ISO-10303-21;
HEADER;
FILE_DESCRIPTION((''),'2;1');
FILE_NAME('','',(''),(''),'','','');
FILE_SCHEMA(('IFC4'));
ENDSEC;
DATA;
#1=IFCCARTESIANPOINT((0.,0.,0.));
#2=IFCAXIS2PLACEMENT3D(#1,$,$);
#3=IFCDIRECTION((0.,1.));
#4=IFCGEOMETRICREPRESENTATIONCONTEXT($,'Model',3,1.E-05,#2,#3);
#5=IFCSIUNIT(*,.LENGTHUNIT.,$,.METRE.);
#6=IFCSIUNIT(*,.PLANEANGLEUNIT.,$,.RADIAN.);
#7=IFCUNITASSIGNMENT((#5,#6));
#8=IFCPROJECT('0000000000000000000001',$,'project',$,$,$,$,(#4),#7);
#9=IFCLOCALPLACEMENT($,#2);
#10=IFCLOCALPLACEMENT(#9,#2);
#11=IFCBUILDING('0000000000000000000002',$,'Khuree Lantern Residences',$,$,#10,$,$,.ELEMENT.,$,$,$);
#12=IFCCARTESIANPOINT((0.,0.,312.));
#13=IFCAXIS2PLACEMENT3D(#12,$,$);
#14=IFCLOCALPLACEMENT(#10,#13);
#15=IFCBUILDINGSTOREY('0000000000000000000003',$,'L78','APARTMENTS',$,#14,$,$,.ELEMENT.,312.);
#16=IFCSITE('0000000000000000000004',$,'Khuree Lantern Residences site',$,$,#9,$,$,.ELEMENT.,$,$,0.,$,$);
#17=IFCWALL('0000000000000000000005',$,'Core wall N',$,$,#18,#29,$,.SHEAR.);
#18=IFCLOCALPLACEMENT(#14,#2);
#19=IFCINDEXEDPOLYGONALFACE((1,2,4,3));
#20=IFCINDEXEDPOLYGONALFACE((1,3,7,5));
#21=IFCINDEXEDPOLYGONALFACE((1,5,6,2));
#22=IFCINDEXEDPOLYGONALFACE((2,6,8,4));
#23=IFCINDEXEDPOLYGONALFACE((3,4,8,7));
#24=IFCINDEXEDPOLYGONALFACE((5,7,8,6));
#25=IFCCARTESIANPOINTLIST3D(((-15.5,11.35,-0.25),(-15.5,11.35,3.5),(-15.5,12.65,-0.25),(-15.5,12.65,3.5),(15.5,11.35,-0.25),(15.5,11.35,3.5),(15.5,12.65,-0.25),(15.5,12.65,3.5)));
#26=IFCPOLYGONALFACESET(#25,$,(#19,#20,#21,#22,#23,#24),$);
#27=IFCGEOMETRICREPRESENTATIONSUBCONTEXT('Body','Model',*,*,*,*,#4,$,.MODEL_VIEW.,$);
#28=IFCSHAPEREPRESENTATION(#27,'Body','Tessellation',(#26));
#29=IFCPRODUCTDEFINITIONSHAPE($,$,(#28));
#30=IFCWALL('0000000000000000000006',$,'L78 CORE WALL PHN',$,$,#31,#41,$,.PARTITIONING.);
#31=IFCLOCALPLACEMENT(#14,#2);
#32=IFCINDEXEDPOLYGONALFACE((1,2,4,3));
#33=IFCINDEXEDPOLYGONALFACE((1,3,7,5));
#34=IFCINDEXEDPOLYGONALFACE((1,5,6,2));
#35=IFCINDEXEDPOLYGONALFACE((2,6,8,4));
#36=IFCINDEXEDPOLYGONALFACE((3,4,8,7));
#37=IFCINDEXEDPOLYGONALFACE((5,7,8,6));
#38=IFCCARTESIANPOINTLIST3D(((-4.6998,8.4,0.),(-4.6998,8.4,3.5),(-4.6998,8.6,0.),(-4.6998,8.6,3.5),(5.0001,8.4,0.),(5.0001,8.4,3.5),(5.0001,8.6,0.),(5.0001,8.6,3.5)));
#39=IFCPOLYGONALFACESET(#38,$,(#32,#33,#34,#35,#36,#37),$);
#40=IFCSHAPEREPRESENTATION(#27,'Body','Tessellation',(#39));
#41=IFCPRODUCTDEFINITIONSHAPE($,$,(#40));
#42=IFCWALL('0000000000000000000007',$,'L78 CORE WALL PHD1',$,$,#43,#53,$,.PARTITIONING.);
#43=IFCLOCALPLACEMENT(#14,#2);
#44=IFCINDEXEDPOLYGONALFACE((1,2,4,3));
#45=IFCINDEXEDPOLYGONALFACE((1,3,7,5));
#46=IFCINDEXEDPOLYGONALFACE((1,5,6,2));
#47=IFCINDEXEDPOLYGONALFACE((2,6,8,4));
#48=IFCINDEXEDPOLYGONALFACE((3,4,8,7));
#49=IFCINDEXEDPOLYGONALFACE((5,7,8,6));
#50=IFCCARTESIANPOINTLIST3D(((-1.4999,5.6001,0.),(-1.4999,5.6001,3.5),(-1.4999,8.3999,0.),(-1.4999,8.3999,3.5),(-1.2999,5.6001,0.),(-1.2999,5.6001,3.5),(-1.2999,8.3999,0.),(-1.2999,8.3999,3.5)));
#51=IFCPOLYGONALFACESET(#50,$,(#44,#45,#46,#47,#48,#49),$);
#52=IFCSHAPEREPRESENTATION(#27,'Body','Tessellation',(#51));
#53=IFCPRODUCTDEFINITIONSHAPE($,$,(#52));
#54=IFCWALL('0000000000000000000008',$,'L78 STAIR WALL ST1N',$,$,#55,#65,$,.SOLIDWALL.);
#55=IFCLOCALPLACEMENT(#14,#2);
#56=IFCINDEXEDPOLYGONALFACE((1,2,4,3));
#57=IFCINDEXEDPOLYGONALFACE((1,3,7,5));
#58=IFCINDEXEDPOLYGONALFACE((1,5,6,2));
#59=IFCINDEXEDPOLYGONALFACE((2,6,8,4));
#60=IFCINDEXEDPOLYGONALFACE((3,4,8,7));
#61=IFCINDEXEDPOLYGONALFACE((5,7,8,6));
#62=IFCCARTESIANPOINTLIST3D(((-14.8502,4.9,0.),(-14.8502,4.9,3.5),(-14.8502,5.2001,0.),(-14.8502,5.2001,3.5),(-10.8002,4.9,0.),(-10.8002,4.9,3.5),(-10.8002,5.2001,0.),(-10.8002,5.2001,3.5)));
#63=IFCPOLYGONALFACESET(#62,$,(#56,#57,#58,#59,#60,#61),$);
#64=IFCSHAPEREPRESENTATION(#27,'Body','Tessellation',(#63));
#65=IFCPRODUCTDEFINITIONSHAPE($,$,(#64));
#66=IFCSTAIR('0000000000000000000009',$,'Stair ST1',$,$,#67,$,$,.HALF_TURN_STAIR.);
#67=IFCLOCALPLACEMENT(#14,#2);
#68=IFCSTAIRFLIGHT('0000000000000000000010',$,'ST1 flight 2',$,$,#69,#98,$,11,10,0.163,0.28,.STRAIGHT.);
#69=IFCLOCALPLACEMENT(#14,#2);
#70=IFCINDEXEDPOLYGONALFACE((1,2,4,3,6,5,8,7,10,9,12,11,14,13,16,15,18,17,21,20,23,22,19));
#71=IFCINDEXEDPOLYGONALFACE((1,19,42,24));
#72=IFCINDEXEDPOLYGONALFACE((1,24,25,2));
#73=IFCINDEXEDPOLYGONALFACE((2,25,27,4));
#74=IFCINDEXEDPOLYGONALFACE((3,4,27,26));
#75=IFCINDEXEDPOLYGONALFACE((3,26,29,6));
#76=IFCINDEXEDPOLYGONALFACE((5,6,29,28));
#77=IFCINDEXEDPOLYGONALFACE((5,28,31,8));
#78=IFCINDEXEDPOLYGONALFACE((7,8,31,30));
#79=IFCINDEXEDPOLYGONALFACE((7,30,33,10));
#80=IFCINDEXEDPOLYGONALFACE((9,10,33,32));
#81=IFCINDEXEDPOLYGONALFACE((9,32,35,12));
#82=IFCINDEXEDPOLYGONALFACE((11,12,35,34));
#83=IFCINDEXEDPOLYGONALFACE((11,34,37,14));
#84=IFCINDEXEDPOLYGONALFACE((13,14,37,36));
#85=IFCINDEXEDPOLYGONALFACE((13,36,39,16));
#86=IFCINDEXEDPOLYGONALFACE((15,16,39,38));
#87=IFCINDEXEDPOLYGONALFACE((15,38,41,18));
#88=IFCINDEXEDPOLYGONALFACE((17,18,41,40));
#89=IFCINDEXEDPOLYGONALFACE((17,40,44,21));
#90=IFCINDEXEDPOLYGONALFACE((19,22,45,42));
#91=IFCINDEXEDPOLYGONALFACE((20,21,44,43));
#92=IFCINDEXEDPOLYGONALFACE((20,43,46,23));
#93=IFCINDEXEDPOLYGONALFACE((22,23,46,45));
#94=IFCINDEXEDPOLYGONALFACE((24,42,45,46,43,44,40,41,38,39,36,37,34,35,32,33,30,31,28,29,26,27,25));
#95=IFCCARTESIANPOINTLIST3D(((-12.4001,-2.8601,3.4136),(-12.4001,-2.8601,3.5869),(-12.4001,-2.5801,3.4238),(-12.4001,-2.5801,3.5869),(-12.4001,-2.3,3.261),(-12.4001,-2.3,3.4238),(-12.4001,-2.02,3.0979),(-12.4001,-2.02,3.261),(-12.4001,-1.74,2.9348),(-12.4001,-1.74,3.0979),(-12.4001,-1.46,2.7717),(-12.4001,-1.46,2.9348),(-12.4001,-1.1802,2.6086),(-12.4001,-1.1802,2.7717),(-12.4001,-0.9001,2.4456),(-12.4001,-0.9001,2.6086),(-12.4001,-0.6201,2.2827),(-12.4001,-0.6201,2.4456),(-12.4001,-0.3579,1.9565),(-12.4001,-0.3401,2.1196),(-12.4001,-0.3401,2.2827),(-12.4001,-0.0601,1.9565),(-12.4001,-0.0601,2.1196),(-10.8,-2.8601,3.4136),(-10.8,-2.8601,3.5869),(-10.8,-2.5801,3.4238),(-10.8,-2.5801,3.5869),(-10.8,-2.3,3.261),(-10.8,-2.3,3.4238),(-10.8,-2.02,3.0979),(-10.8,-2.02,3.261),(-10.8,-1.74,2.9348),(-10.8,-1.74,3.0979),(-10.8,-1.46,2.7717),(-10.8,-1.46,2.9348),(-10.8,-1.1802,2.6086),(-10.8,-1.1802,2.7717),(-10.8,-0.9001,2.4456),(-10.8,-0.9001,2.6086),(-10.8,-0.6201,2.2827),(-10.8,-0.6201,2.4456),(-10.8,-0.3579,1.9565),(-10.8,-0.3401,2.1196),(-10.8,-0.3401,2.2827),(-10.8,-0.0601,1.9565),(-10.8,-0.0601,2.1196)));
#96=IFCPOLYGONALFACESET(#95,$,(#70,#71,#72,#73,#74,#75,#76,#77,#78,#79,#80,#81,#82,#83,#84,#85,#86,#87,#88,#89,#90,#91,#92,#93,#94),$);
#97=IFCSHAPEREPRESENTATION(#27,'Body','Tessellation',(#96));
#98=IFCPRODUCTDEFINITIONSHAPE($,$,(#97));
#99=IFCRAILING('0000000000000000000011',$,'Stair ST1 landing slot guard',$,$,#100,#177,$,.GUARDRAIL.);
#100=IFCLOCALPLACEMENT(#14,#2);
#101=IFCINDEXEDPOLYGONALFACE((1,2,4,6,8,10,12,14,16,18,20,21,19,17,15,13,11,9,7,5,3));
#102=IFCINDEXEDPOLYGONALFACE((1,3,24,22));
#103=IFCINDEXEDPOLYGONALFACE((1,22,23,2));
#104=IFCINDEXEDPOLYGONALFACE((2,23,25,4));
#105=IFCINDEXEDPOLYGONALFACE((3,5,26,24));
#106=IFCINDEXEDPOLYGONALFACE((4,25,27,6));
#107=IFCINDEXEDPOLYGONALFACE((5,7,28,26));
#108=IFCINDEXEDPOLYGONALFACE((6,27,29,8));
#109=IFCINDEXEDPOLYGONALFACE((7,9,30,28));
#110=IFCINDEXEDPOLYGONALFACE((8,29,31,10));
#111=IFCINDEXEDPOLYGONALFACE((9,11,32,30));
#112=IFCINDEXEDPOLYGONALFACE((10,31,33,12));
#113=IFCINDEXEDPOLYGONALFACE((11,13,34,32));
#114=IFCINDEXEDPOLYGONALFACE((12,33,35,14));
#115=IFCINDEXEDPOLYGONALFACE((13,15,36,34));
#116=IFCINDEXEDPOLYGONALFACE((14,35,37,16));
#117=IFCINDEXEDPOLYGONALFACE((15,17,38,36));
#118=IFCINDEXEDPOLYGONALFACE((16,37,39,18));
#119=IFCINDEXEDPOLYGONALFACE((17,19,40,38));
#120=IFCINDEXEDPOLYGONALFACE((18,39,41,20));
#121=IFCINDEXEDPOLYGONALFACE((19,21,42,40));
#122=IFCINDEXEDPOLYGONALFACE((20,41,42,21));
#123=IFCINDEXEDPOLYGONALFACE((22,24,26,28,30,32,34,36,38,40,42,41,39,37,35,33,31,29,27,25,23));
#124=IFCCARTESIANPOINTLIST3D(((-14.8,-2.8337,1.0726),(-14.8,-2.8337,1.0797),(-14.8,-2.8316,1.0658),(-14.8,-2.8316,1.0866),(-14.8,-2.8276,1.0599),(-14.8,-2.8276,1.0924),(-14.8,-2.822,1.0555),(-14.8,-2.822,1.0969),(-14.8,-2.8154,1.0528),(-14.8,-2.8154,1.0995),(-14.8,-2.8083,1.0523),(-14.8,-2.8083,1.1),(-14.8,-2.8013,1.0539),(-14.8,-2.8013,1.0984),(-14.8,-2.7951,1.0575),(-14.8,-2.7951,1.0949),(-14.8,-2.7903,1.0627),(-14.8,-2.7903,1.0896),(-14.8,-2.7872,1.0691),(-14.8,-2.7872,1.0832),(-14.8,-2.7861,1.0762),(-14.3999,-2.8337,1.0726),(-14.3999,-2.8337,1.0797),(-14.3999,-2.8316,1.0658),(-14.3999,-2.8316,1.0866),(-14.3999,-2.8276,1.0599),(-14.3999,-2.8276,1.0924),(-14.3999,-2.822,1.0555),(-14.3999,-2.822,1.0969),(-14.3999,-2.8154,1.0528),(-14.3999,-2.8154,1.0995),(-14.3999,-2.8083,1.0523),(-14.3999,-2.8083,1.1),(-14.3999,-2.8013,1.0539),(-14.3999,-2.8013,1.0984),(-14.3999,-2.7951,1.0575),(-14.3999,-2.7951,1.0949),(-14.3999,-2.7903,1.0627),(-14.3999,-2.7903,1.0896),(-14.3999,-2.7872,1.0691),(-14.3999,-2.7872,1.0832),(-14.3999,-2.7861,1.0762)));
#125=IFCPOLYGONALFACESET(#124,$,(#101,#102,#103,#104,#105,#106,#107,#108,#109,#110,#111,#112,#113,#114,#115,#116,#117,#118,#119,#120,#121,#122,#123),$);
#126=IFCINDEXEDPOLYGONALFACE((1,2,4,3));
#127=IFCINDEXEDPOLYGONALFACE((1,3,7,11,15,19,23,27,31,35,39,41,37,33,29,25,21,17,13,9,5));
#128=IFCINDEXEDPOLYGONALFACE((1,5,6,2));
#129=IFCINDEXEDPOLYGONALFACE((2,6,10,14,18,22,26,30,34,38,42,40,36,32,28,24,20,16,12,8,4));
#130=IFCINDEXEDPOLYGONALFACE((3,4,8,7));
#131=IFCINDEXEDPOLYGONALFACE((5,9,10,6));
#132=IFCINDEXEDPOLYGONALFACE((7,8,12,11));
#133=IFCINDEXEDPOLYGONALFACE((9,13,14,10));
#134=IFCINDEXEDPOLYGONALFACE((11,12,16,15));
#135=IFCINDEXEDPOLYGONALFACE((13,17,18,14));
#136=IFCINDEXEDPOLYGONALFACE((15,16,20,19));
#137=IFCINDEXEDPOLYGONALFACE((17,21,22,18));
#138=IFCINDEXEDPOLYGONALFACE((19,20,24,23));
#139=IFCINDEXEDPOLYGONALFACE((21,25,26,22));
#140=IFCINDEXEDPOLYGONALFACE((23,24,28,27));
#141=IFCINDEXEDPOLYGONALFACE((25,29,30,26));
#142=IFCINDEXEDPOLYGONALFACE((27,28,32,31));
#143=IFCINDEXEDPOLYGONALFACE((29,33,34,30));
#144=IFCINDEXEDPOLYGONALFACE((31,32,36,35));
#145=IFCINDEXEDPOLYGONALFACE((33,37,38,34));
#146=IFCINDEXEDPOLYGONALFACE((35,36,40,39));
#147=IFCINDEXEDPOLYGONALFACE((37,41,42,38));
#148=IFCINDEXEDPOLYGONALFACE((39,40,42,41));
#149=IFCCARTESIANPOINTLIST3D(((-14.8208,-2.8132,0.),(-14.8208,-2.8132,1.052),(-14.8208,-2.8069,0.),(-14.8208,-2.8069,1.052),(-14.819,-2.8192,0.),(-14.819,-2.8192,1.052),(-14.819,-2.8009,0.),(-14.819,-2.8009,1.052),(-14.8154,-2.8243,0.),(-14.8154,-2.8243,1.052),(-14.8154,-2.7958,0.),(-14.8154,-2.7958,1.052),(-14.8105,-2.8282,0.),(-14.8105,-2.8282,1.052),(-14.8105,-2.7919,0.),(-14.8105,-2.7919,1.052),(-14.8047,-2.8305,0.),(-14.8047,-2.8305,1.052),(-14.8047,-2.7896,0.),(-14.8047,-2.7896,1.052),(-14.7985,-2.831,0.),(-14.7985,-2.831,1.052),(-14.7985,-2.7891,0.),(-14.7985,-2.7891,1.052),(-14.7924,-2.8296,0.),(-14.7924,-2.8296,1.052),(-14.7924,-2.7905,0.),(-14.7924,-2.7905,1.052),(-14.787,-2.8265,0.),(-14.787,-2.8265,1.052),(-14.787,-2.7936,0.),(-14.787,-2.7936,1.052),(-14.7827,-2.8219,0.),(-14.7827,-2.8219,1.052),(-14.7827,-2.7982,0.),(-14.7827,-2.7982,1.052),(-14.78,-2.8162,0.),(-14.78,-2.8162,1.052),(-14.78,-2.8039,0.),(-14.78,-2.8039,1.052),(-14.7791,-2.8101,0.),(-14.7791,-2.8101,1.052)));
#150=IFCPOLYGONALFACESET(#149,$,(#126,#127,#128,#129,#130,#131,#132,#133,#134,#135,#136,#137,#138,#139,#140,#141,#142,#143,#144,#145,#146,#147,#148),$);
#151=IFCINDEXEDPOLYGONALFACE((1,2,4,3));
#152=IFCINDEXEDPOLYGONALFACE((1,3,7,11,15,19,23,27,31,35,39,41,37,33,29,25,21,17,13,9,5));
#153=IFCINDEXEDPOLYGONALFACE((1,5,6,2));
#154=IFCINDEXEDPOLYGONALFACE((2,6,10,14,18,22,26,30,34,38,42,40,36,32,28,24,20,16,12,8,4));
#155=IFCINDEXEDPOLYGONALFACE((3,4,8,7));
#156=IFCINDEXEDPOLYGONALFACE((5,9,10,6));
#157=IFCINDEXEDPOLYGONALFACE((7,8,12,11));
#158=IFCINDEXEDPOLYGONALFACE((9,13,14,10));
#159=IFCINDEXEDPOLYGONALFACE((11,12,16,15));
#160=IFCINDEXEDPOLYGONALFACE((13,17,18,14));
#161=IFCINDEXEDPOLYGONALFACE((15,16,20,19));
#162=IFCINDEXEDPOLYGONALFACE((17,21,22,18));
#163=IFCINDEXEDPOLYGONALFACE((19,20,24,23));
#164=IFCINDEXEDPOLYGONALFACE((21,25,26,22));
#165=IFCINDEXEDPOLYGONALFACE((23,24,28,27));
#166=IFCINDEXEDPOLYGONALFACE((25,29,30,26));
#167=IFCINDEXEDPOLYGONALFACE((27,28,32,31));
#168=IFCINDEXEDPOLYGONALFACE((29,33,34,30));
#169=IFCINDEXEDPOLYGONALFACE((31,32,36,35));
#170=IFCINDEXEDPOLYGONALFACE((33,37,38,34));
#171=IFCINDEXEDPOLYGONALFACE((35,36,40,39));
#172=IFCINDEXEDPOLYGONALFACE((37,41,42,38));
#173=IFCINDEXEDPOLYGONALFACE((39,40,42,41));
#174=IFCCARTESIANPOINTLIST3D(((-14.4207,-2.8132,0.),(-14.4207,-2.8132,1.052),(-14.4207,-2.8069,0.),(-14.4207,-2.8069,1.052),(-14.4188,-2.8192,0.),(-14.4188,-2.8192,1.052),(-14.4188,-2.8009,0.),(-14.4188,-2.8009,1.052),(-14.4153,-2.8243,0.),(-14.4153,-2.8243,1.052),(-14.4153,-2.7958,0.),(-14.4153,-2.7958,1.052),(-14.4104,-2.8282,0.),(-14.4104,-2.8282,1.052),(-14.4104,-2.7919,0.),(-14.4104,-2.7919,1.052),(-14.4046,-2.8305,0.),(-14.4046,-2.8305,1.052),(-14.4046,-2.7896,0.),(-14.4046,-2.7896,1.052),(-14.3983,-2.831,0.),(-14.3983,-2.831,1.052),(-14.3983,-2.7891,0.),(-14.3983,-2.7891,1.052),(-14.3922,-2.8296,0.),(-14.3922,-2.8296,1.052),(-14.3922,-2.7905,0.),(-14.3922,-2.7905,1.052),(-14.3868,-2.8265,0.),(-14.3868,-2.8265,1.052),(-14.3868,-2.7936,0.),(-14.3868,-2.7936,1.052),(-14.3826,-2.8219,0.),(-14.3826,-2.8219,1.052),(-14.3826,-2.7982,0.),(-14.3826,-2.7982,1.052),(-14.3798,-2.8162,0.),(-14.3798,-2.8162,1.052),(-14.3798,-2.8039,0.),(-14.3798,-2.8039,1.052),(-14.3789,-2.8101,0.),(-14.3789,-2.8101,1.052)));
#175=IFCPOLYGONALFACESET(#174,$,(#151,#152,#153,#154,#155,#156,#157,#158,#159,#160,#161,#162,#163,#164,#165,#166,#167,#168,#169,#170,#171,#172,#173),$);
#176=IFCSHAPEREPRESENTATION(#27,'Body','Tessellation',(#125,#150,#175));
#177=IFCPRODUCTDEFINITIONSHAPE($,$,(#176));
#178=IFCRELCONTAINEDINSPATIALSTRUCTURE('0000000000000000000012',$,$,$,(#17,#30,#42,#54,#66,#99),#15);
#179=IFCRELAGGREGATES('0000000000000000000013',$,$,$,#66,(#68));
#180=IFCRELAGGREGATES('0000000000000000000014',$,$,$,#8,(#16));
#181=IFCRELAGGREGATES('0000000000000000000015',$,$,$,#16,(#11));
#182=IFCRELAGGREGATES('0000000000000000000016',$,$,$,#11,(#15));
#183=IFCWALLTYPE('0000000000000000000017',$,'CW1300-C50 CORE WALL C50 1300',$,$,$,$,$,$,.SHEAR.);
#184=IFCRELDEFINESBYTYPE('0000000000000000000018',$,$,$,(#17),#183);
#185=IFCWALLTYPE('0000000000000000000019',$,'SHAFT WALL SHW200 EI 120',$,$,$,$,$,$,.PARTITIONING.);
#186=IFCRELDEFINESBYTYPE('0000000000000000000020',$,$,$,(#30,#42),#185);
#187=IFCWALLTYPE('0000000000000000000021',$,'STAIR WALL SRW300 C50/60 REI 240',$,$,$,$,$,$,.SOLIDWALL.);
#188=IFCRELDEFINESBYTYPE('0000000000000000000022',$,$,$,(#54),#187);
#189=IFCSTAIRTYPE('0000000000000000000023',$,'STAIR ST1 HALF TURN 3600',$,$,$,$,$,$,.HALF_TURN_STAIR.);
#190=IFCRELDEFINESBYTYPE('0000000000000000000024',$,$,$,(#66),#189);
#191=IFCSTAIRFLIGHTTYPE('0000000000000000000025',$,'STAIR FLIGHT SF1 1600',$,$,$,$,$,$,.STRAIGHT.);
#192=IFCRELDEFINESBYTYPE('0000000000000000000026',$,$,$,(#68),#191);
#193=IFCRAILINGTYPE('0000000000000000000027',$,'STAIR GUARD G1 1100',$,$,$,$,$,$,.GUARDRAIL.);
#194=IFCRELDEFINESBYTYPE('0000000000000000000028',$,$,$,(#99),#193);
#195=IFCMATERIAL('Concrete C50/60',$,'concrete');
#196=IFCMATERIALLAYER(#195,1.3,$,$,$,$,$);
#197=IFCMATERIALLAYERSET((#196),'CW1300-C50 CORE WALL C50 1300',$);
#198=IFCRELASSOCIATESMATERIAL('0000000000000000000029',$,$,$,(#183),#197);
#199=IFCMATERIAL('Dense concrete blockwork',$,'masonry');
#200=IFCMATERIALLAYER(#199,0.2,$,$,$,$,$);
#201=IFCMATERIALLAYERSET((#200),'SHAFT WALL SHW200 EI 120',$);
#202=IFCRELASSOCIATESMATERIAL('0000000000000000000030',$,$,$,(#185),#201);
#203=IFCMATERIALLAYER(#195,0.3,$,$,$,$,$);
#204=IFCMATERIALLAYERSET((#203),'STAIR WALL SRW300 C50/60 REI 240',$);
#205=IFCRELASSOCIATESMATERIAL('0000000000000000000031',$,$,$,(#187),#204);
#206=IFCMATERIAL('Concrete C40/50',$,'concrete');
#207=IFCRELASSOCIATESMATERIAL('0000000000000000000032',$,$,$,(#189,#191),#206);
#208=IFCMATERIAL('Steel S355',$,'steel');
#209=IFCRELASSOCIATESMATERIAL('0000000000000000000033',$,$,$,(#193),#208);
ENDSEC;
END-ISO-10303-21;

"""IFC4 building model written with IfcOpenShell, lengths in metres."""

from ifc_helpers import new_model, si_unit, direction, frame, frame_2d, origin, origin_2d, place, context, subcontext, project, spatial, polyline, rectangle, circle, outline, extrude, material, layer, layer_set, type_object, element, aggregate, save


model = new_model("IFC4")

# Units and contexts
model_context = context("Model", 3, precision=1e-05, world=origin(), true_north=direction((0.0, 1.0)))
body_context = subcontext(model_context, "Body", "Model", "MODEL_VIEW")
ifc_project = project(units=[si_unit("LENGTHUNIT", "METRE"), si_unit("PLANEANGLEUNIT", "RADIAN")], contexts=[model_context])

# Site, building, storey
site_placement = place(None, origin())
site = spatial("IfcSite", under=ifc_project, at=site_placement, Name="Khuree Lantern Residences site", CompositionType="ELEMENT", RefElevation=0.0)
building_placement = place(site_placement, origin())
building = spatial("IfcBuilding", under=site, at=building_placement, Name="Khuree Lantern Residences", CompositionType="ELEMENT")
storey_placement = place(building_placement, frame((0.0, 0.0, 312.0)))
storey = spatial("IfcBuildingStorey", under=building, at=storey_placement, Name="L78", Description="APARTMENTS", CompositionType="ELEMENT", Elevation=312.0)

# Shared definitions
ifc_material_1 = material(Name="Concrete C50/60", Category="concrete")

# Shared definitions
ifc_material_2 = material(Name="Dense concrete blockwork", Category="masonry")

# Walls
ifc_layer_1 = layer(ifc_material_1, 1.3)
ifc_layer_set_1 = layer_set([ifc_layer_1], Name="CW1300-C50 CORE WALL C50 1300")
wall_type_1 = type_object("IfcWallType", Name="CW1300-C50 CORE WALL C50 1300", PredefinedType="SHEAR", material=ifc_layer_set_1)
wall_1_placement = place(storey_placement, frame((-15.5, 12.0, -0.25), z_axis=(0.0, 0.0, 1.0), x_axis=(1.0, 0.0, 0.0)))
element("IfcWall", 1, at=wall_1_placement, inside=storey, type_object=wall_type_1, Name="Core wall N", PredefinedType="SHEAR", context=body_context, shape_type="SweptSolid", body=[
    extrude(rectangle(XDim=31.0, YDim=1.3, at=frame_2d((15.5, 0.0))), origin(), (0.0, 0.0, 1.0), 3.75),
])
ifc_layer_2 = layer(ifc_material_2, 0.2)
ifc_layer_set_2 = layer_set([ifc_layer_2], Name="SHAFT WALL SHW200 EI 120")
wall_type_2 = type_object("IfcWallType", Name="SHAFT WALL SHW200 EI 120", PredefinedType="PARTITIONING", material=ifc_layer_set_2)
wall_2_placement = place(storey_placement, frame((-4.7, 8.5, 0.0), z_axis=(0.0, 0.0, 1.0), x_axis=(1.0, 0.0, 0.0)))
element("IfcWall", 2, at=wall_2_placement, inside=storey, type_object=wall_type_2, Name="L78 CORE WALL PHN", PredefinedType="PARTITIONING", context=body_context, shape_type="SweptSolid", body=[
    extrude(rectangle(XDim=9.7, YDim=0.2, at=frame_2d((4.8501, 0.0))), origin(), (0.0, 0.0, 1.0), 3.5),
])
wall_3_placement = place(storey_placement, frame((-1.3999, 5.6001, 0.0), z_axis=(0.0, 0.0, 1.0), x_axis=(0.0, 1.0, 0.0)))
element("IfcWall", 3, at=wall_3_placement, inside=storey, type_object=wall_type_2, Name="L78 CORE WALL PHD1", PredefinedType="PARTITIONING", context=body_context, shape_type="SweptSolid", body=[
    extrude(rectangle(XDim=2.7998, YDim=0.2, at=frame_2d((1.3999, 0.0))), origin(), (0.0, 0.0, 1.0), 3.5),
])
ifc_layer_3 = layer(ifc_material_1, 0.3)
ifc_layer_set_3 = layer_set([ifc_layer_3], Name="STAIR WALL SRW300 C50/60 REI 240")
wall_type_3 = type_object("IfcWallType", Name="STAIR WALL SRW300 C50/60 REI 240", PredefinedType="SOLIDWALL", material=ifc_layer_set_3)
wall_4_placement = place(storey_placement, frame((-14.8501, 5.05, 0.0), z_axis=(0.0, 0.0, 1.0), x_axis=(1.0, 0.0, 0.0)))
element("IfcWall", 4, at=wall_4_placement, inside=storey, type_object=wall_type_3, Name="L78 STAIR WALL ST1N", PredefinedType="SOLIDWALL", context=body_context, shape_type="SweptSolid", body=[
    extrude(rectangle(XDim=4.05, YDim=0.3, at=frame_2d((2.0249, 0.0))), origin(), (0.0, 0.0, 1.0), 3.5),
])

# Stair, stair flight
ifc_material_3 = material(Name="Concrete C40/50", Category="concrete")
stair_type = type_object("IfcStairType", Name="STAIR ST1 HALF TURN 3600", PredefinedType="HALF_TURN_STAIR", material=ifc_material_3)
stair_placement = place(storey_placement, origin())
stair = element("IfcStair", 5, at=stair_placement, inside=storey, type_object=stair_type, Name="Stair ST1", PredefinedType="HALF_TURN_STAIR")
stair_flight_type = type_object("IfcStairFlightType", Name="STAIR FLIGHT SF1 1600", PredefinedType="STRAIGHT", material=ifc_material_3)
stair_flight_placement = place(storey_placement, frame((-11.6001, -0.0601, 1.9565), z_axis=(0.0, 0.0, 1.0), x_axis=(0.0, -1.0, 0.0)))
stair_flight = element("IfcStairFlight", 6, at=stair_flight_placement, type_object=stair_flight_type, Name="ST1 flight 2", NumberOfRisers=11, NumberOfTreads=10, PredefinedType="STRAIGHT", RiserHeight=0.163, TreadLength=0.28, context=body_context, shape_type="SweptSolid", body=[
    extrude(outline(polyline([(0.0, 0.0), (0.0, 0.1631), (0.28, 0.1631), (0.28, 0.3262), (0.5601, 0.3262), (0.5601, 0.489), (0.8401, 0.489), (0.8401, 0.6521), (1.1201, 0.6521), (1.1201, 0.8152), (1.3999, 0.8152), (1.3999, 0.9783), (1.6799, 0.9783), (1.6799, 1.1414), (1.96, 1.1414), (1.96, 1.3044), (2.24, 1.3044), (2.24, 1.4673), (2.52, 1.4673), (2.52, 1.6304), (2.8, 1.6304), (2.8, 1.7935), (2.8, 1.457), (0.2979, 0.0), (0.0, 0.0)])), frame((0.0, 0.8, 0.0), z_axis=(0.0, -1.0, 0.0), x_axis=(1.0, 0.0, 0.0)), (0.0, 0.0, 1.0), 1.6001),
])
aggregate(stair, [stair_flight])

# Railing
ifc_material_4 = material(Name="Steel S355", Category="steel")
railing_type = type_object("IfcRailingType", Name="STAIR GUARD G1 1100", PredefinedType="GUARDRAIL", material=ifc_material_4)
for number, where, name in (
    (7, (-14.8, -2.8101, 0.0), "Stair ST1 landing slot guard"),
):
    element("IfcRailing", number, at=place(storey_placement, frame(where)), inside=storey, type_object=railing_type, Name=name, PredefinedType="GUARDRAIL", context=body_context, shape_type="SweptSolid", body=[
        extrude(circle(Radius=0.0239, at=origin_2d()), frame((0.0, 0.0, 1.0762), z_axis=(1.0, 0.0, 0.0), x_axis=(0.0, 1.0, 0.0)), (0.0, 0.0, 1.0), 0.4001),
        extrude(circle(Radius=0.021, at=origin_2d()), origin(), (0.0, 0.0, 1.0), 1.052),
        extrude(circle(Radius=0.021, at=origin_2d()), frame((0.4001, 0.0, 0.0)), (0.0, 0.0, 1.0), 1.052),
    ])

save(model, "model.ifc")
